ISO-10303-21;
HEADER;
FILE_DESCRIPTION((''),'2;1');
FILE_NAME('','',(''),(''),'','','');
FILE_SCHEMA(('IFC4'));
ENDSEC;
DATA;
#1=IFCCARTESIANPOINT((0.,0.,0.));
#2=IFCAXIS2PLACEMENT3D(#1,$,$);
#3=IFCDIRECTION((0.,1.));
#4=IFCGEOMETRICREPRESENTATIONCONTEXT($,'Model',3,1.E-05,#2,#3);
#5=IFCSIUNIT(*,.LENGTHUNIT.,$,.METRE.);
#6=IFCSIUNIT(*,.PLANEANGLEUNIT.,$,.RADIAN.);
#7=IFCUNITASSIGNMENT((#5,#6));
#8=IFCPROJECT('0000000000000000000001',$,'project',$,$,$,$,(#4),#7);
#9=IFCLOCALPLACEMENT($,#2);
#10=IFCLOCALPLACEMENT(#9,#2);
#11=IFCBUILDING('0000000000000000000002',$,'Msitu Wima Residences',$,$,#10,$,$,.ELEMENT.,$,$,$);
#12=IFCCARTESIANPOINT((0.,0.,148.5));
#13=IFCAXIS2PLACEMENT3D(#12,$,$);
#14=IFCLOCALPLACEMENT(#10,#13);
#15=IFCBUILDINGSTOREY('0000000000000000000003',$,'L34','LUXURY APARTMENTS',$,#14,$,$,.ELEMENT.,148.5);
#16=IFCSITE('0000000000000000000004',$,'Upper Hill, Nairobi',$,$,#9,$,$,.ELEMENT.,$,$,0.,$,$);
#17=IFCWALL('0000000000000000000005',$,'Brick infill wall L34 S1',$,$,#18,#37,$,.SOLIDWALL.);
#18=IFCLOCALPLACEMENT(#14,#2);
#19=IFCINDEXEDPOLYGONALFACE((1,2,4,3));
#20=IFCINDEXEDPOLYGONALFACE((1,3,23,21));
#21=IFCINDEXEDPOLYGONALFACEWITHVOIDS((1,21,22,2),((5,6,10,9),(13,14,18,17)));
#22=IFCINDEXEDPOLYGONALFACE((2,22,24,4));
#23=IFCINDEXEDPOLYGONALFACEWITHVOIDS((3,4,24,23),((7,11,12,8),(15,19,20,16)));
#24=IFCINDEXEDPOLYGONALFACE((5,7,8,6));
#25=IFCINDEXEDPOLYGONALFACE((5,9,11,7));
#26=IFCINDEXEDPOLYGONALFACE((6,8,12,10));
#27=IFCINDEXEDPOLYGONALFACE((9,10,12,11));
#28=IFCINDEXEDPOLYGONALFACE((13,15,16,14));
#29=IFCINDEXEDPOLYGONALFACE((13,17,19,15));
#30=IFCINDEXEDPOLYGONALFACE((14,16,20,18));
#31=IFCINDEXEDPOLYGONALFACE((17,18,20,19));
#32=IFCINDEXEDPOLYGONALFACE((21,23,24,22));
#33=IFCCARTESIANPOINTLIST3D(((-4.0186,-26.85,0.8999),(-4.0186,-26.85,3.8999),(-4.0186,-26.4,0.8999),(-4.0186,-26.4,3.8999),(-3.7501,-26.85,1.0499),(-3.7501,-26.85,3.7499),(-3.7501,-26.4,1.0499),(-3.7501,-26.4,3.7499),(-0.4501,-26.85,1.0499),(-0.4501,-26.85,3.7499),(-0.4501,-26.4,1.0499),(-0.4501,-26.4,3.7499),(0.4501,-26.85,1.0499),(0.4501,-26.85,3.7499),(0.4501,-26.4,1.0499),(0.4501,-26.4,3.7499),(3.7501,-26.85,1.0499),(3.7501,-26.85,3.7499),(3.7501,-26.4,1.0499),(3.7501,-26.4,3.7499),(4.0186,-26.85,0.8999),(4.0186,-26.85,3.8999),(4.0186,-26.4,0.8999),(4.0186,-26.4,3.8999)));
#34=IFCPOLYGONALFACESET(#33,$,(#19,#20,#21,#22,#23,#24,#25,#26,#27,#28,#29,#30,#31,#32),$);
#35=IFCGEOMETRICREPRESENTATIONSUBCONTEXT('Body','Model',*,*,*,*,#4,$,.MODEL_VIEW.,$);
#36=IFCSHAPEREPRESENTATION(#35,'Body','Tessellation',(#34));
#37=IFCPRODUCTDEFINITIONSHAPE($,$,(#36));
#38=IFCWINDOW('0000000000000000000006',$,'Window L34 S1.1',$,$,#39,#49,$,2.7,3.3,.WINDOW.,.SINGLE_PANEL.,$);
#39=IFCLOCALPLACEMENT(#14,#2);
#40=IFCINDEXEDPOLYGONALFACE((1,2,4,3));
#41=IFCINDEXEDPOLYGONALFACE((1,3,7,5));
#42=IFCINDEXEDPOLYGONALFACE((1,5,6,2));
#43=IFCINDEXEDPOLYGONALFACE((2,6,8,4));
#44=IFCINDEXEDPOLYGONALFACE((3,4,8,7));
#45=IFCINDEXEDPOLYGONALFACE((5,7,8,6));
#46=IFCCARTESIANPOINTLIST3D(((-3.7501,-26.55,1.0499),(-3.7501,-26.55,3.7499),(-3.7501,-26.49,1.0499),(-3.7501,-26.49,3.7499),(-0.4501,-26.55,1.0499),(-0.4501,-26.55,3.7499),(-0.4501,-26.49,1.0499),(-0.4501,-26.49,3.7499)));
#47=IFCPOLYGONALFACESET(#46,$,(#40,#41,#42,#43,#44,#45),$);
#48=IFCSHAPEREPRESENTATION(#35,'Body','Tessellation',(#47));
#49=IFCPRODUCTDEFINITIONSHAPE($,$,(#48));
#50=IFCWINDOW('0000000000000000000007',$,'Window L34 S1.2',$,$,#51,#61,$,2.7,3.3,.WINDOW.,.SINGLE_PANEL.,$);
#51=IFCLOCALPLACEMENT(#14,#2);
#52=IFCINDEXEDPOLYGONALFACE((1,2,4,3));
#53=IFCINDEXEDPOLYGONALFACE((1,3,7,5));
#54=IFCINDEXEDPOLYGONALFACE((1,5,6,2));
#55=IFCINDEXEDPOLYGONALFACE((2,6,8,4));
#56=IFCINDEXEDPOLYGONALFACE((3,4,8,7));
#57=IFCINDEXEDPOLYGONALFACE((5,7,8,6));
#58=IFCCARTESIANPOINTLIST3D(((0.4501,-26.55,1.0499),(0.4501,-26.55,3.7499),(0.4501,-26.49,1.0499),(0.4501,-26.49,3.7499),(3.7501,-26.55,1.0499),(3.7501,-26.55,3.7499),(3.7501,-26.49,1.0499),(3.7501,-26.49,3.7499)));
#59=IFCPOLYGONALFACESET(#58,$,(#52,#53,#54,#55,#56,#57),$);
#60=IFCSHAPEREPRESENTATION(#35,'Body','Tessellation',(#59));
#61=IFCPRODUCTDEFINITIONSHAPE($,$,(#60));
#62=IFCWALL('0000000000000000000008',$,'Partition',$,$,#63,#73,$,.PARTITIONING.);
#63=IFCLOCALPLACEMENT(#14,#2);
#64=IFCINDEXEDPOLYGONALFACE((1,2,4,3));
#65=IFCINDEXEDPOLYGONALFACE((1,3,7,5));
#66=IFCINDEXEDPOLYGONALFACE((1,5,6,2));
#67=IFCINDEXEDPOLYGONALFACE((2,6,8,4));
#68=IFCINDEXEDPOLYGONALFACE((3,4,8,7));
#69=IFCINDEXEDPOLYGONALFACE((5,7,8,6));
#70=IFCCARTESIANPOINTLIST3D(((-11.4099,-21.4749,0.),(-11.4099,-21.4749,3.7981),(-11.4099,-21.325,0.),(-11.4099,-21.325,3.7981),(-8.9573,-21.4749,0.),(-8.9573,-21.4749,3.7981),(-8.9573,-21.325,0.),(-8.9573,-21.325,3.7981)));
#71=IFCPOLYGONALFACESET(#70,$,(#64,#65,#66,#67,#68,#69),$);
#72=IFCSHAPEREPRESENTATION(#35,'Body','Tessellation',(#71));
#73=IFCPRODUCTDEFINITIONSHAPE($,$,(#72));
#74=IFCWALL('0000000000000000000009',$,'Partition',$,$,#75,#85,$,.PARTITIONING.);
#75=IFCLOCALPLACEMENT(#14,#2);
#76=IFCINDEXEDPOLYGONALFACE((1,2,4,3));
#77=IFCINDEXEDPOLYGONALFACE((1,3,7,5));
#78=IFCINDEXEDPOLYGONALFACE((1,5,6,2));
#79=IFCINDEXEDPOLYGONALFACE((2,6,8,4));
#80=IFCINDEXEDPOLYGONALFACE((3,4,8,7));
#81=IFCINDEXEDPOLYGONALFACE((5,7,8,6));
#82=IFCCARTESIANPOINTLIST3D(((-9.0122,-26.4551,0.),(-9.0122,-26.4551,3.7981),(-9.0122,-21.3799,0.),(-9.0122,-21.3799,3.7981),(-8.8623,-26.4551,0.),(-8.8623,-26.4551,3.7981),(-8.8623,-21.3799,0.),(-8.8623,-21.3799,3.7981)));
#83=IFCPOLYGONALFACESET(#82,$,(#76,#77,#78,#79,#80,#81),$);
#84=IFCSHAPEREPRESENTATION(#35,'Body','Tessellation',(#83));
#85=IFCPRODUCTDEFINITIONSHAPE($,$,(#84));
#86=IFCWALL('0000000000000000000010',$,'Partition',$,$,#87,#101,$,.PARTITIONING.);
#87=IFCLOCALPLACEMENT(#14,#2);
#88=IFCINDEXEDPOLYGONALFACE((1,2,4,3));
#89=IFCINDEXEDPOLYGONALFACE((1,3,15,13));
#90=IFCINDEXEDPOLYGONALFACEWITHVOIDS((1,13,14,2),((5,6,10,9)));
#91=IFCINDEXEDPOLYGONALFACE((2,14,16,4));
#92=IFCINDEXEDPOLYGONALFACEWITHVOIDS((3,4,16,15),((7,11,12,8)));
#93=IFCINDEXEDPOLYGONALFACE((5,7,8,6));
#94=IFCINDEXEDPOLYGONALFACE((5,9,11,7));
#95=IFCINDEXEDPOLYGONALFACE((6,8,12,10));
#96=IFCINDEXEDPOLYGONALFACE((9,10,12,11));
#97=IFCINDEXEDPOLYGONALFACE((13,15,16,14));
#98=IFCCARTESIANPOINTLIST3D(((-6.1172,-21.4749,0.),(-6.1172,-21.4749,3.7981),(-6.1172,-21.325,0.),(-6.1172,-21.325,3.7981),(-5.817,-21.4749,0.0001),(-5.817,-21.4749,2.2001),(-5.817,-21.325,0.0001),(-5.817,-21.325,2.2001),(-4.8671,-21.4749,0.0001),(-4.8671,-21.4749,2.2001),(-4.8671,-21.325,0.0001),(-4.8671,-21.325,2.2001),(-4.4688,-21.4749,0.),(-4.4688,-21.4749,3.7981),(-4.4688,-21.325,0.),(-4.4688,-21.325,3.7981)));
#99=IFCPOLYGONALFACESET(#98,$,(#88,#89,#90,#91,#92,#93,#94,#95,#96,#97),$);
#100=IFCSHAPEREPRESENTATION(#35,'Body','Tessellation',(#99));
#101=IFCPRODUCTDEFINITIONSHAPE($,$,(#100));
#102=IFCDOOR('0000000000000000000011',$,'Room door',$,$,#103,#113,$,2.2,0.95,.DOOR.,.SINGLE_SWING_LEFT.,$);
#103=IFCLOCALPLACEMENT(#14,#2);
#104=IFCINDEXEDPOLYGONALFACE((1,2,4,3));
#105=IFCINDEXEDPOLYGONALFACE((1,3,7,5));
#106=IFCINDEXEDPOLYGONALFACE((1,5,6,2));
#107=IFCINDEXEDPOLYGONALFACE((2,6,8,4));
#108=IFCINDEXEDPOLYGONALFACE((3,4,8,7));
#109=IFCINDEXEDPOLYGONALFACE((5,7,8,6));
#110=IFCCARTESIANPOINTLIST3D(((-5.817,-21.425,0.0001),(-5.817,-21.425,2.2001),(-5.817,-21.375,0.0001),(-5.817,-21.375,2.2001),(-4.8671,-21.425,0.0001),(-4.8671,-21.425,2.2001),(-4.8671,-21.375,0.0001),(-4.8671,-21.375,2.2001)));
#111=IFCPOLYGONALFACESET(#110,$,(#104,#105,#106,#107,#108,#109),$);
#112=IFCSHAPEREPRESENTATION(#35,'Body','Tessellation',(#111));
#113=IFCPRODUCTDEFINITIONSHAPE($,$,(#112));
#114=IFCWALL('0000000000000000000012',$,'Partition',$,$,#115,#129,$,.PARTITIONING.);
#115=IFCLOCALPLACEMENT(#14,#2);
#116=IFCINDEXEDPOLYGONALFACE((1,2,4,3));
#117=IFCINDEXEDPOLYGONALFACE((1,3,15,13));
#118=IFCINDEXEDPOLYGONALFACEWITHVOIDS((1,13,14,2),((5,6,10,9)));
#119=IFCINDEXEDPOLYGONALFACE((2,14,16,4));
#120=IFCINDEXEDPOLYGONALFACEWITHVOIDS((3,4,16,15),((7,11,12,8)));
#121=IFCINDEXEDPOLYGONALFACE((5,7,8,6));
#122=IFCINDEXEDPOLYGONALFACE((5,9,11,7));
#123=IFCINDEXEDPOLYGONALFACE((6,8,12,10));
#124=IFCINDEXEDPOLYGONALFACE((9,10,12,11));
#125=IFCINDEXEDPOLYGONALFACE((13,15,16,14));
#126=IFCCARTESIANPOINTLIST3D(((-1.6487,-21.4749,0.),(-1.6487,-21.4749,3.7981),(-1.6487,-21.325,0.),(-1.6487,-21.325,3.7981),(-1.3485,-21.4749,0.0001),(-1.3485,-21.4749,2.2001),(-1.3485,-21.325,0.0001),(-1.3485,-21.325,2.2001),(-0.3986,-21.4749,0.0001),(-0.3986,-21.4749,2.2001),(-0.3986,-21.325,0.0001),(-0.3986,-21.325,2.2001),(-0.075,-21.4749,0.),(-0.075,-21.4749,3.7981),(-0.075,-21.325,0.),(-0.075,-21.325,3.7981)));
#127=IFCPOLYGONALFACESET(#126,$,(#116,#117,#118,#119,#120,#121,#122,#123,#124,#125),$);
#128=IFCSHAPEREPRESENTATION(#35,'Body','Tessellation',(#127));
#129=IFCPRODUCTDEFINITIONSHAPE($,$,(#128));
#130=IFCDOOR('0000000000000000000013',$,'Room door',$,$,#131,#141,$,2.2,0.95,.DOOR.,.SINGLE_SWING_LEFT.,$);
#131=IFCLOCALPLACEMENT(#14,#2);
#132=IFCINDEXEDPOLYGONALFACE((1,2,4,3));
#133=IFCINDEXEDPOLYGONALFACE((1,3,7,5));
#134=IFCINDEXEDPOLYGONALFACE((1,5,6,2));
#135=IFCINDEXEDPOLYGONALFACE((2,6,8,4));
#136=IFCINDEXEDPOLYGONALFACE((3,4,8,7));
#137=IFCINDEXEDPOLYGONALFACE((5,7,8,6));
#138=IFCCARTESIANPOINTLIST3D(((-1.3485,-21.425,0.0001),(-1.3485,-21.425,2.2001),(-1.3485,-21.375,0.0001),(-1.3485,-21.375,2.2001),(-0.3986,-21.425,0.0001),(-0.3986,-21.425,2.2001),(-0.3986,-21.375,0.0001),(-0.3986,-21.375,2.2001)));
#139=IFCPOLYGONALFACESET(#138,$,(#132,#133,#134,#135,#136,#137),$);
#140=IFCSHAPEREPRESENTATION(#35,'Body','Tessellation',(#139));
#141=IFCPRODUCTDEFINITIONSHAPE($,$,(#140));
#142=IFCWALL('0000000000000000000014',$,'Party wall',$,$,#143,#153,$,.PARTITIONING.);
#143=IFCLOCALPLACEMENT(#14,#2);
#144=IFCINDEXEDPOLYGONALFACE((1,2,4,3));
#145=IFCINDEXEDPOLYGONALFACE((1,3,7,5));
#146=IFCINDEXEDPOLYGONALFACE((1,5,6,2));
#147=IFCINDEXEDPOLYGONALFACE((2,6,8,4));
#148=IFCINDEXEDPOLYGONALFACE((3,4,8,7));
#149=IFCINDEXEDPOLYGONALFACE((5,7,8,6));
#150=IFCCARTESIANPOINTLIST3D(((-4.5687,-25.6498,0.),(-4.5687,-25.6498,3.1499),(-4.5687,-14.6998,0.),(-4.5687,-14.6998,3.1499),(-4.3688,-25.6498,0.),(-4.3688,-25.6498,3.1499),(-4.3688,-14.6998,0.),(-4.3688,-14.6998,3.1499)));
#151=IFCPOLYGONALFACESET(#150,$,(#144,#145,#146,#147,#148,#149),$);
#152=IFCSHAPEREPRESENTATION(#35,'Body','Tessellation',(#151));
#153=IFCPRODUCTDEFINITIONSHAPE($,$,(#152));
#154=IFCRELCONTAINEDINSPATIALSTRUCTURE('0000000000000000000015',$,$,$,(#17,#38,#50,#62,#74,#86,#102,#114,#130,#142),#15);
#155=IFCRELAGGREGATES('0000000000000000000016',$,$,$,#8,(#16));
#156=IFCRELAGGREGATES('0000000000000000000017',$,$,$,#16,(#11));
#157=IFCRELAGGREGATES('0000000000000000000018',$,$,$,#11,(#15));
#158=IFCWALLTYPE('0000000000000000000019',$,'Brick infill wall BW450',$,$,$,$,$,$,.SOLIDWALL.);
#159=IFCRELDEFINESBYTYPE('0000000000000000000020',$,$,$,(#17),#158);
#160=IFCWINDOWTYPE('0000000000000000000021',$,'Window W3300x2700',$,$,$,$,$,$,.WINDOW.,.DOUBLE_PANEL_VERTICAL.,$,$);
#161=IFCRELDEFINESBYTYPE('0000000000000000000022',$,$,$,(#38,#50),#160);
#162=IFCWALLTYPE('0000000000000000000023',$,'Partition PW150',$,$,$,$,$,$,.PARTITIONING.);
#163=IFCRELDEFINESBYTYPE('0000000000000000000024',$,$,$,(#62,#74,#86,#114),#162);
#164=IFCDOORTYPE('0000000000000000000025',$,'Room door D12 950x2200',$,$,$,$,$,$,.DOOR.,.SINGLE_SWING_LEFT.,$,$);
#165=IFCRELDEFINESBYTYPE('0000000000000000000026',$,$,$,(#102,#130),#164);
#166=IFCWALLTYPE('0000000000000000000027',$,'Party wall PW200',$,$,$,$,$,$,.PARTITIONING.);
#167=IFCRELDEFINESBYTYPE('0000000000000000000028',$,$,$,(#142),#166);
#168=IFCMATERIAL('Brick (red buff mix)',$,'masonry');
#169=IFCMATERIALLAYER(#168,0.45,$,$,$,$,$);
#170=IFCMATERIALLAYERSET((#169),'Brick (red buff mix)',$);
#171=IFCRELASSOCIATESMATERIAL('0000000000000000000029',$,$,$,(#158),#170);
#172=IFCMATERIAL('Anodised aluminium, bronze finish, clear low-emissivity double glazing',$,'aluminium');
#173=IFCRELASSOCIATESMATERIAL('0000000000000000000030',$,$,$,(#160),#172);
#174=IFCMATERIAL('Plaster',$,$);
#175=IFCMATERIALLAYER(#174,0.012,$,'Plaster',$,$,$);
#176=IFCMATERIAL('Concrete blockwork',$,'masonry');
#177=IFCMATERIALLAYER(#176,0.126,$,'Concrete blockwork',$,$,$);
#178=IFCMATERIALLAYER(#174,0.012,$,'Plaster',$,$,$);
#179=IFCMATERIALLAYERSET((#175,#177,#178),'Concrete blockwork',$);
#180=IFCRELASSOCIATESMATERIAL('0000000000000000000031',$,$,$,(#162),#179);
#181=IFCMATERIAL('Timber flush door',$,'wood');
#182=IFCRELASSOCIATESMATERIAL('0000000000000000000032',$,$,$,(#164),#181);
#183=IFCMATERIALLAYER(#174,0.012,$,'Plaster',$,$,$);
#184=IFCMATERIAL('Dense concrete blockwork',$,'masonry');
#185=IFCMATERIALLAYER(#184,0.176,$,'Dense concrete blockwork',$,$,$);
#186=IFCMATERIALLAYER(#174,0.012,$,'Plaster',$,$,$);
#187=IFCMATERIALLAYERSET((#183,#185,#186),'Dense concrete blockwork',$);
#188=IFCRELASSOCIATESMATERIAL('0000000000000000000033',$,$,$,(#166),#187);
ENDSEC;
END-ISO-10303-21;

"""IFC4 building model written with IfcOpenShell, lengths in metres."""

from ifc_helpers import new_model, si_unit, direction, frame, frame_2d, origin, place, context, subcontext, project, spatial, rectangle, extrude, material, layer, layer_set, type_object, element, fill, save


model = new_model("IFC4")

# Units and contexts
model_context = context("Model", 3, precision=1e-05, world=origin(), true_north=direction((0.0, 1.0)))
body_context = subcontext(model_context, "Body", "Model", "MODEL_VIEW")
ifc_project = project(units=[si_unit("LENGTHUNIT", "METRE"), si_unit("PLANEANGLEUNIT", "RADIAN")], contexts=[model_context])

# Site, building, storey
site_placement = place(None, origin())
site = spatial("IfcSite", under=ifc_project, at=site_placement, Name="Upper Hill, Nairobi", CompositionType="ELEMENT", RefElevation=0.0)
building_placement = place(site_placement, origin())
building = spatial("IfcBuilding", under=site, at=building_placement, Name="Msitu Wima Residences", CompositionType="ELEMENT")
storey_placement = place(building_placement, frame((0.0, 0.0, 148.5)))
storey = spatial("IfcBuildingStorey", under=building, at=storey_placement, Name="L34", Description="LUXURY APARTMENTS", CompositionType="ELEMENT", Elevation=148.5)

# Shared definitions
ifc_material_1 = material(Name="Brick (red buff mix)", Category="masonry")
ifc_layer_1 = layer(ifc_material_1, 0.45)
ifc_layer_set_1 = layer_set([ifc_layer_1], Name="Brick (red buff mix)")
wall_type_1 = type_object("IfcWallType", Name="Brick infill wall BW450", PredefinedType="SOLIDWALL", material=ifc_layer_set_1)
ifc_material_2 = material(Name="Anodised aluminium, bronze finish, clear low-emissivity double glazing", Category="aluminium")
window_type = type_object("IfcWindowType", Name="Window W3300x2700", PartitioningType="DOUBLE_PANEL_VERTICAL", PredefinedType="WINDOW", material=ifc_material_2)

# Wall, openings, windows
wall_1_placement = place(storey_placement, frame((-4.0186, -26.625, 0.8999), z_axis=(0.0, 0.0, 1.0), x_axis=(1.0, 0.0, 0.0)))
wall_1 = element("IfcWall", 1, at=wall_1_placement, inside=storey, type_object=wall_type_1, Name="Brick infill wall L34 S1", PredefinedType="SOLIDWALL", context=body_context, shape_type="SweptSolid", body=[
    extrude(rectangle(XDim=8.0371, YDim=0.45, at=frame_2d((4.0186, 0.0))), origin(), (0.0, 0.0, 1.0), 3.0),
])
opening_1_placement = place(wall_1_placement, frame((0.2686, 0.0, 0.1499)))
opening_1 = element("IfcOpeningElement", 2, at=opening_1_placement, cuts=wall_1, PredefinedType="OPENING", context=body_context, shape_type="SweptSolid", body=[
    extrude(rectangle(XDim=3.3, YDim=2.7, at=frame_2d((1.6499, 1.3501))), frame((0.0, 0.2349, 0.0), z_axis=(0.0, -1.0, 0.0), x_axis=(1.0, 0.0, 0.0)), (0.0, 0.0, 1.0), 0.47),
])
opening_2_placement = place(wall_1_placement, frame((4.4688, 0.0, 0.1499)))
opening_2 = element("IfcOpeningElement", 3, at=opening_2_placement, cuts=wall_1, PredefinedType="OPENING", context=body_context, shape_type="SweptSolid", body=[
    extrude(rectangle(XDim=3.3, YDim=2.7, at=frame_2d((1.6499, 1.3501))), frame((0.0, 0.2349, 0.0), z_axis=(0.0, -1.0, 0.0), x_axis=(1.0, 0.0, 0.0)), (0.0, 0.0, 1.0), 0.47),
])
window_1_placement = place(opening_1_placement, origin())
window_1 = element("IfcWindow", 4, at=window_1_placement, inside=storey, type_object=window_type, Name="Window L34 S1.1", OverallHeight=2.7, OverallWidth=3.3, PartitioningType="SINGLE_PANEL", PredefinedType="WINDOW", context=body_context, shape_type="SweptSolid", body=[
    extrude(rectangle(XDim=3.3, YDim=2.7, at=frame_2d((1.6499, 1.3501))), frame((0.0, 0.135, 0.0), z_axis=(0.0, -1.0, 0.0), x_axis=(1.0, 0.0, 0.0)), (0.0, 0.0, 1.0), 0.0601),
])
fill(opening_1, window_1)
window_2_placement = place(opening_2_placement, origin())
window_2 = element("IfcWindow", 5, at=window_2_placement, inside=storey, type_object=window_type, Name="Window L34 S1.2", OverallHeight=2.7, OverallWidth=3.3, PartitioningType="SINGLE_PANEL", PredefinedType="WINDOW", context=body_context, shape_type="SweptSolid", body=[
    extrude(rectangle(XDim=3.3, YDim=2.7, at=frame_2d((1.6499, 1.3501))), frame((0.0, 0.135, 0.0), z_axis=(0.0, -1.0, 0.0), x_axis=(1.0, 0.0, 0.0)), (0.0, 0.0, 1.0), 0.0601),
])
fill(opening_2, window_2)

# Walls
ifc_material_3 = material(Name="Plaster")
ifc_layer_2 = layer(ifc_material_3, 0.012, Name="Plaster")
ifc_material_4 = material(Name="Concrete blockwork", Category="masonry")
ifc_layer_3 = layer(ifc_material_4, 0.126, Name="Concrete blockwork")
ifc_layer_4 = layer(ifc_material_3, 0.012, Name="Plaster")
ifc_layer_set_2 = layer_set([ifc_layer_2, ifc_layer_3, ifc_layer_4], Name="Concrete blockwork")
wall_type_2 = type_object("IfcWallType", Name="Partition PW150", PredefinedType="PARTITIONING", material=ifc_layer_set_2)
wall_2_placement = place(storey_placement, frame((-11.4099, -21.3999, 0.0), z_axis=(0.0, 0.0, 1.0), x_axis=(1.0, 0.0, 0.0)))
element("IfcWall", 6, at=wall_2_placement, inside=storey, type_object=wall_type_2, Name="Partition", PredefinedType="PARTITIONING", context=body_context, shape_type="SweptSolid", body=[
    extrude(rectangle(XDim=2.4526, YDim=0.1499, at=frame_2d((1.2263, 0.0))), origin(), (0.0, 0.0, 1.0), 3.7981),
])
wall_3_placement = place(storey_placement, frame((-8.9373, -26.4551, 0.0), z_axis=(0.0, 0.0, 1.0), x_axis=(0.0, 1.0, 0.0)))
element("IfcWall", 7, at=wall_3_placement, inside=storey, type_object=wall_type_2, Name="Partition", PredefinedType="PARTITIONING", context=body_context, shape_type="SweptSolid", body=[
    extrude(rectangle(XDim=5.0752, YDim=0.1499, at=frame_2d((2.5376, 0.0))), origin(), (0.0, 0.0, 1.0), 3.7981),
])

# Walls, openings, doors
wall_4_placement = place(storey_placement, frame((-6.1172, -21.3999, 0.0), z_axis=(0.0, 0.0, 1.0), x_axis=(1.0, 0.0, 0.0)))
wall_4 = element("IfcWall", 8, at=wall_4_placement, inside=storey, type_object=wall_type_2, Name="Partition", PredefinedType="PARTITIONING", context=body_context, shape_type="SweptSolid", body=[
    extrude(rectangle(XDim=1.6484, YDim=0.1499, at=frame_2d((0.8242, 0.0))), origin(), (0.0, 0.0, 1.0), 3.7981),
])
opening_3_placement = place(wall_4_placement, frame((0.3, 0.0, 0.0)))
opening_3 = element("IfcOpeningElement", 9, at=opening_3_placement, cuts=wall_4, PredefinedType="OPENING", context=body_context, shape_type="SweptSolid", body=[
    extrude(rectangle(XDim=0.95, YDim=2.2, at=frame_2d((0.4751, 1.1001))), frame((0.0, 0.085, 0.0), z_axis=(0.0, -1.0, 0.0), x_axis=(1.0, 0.0, 0.0)), (0.0, 0.0, 1.0), 0.1699),
])
ifc_material_5 = material(Name="Timber flush door", Category="wood")
door_type_1 = type_object("IfcDoorType", Name="Room door D12 950x2200", OperationType="SINGLE_SWING_LEFT", PredefinedType="DOOR", material=ifc_material_5)
door_1_placement = place(opening_3_placement, origin())
door_1 = element("IfcDoor", 10, at=door_1_placement, inside=storey, type_object=door_type_1, Name="Room door", OperationType="SINGLE_SWING_LEFT", OverallHeight=2.2, OverallWidth=0.95, PredefinedType="DOOR", context=body_context, shape_type="SweptSolid", body=[
    extrude(rectangle(XDim=0.95, YDim=2.2, at=frame_2d((0.4751, 1.1001))), frame((0.0, 0.0249, 0.0), z_axis=(0.0, -1.0, 0.0), x_axis=(1.0, 0.0, 0.0)), (0.0, 0.0, 1.0), 0.05),
])
fill(opening_3, door_1)
wall_5_placement = place(storey_placement, frame((-1.6487, -21.3999, 0.0), z_axis=(0.0, 0.0, 1.0), x_axis=(1.0, 0.0, 0.0)))
wall_5 = element("IfcWall", 11, at=wall_5_placement, inside=storey, type_object=wall_type_2, Name="Partition", PredefinedType="PARTITIONING", context=body_context, shape_type="SweptSolid", body=[
    extrude(rectangle(XDim=1.5737, YDim=0.1499, at=frame_2d((0.7869, 0.0))), origin(), (0.0, 0.0, 1.0), 3.7981),
])
opening_4_placement = place(wall_5_placement, frame((0.3, 0.0, 0.0)))
opening_4 = element("IfcOpeningElement", 12, at=opening_4_placement, cuts=wall_5, PredefinedType="OPENING", context=body_context, shape_type="SweptSolid", body=[
    extrude(rectangle(XDim=0.95, YDim=2.2, at=frame_2d((0.4751, 1.1001))), frame((0.0, 0.085, 0.0), z_axis=(0.0, -1.0, 0.0), x_axis=(1.0, 0.0, 0.0)), (0.0, 0.0, 1.0), 0.1699),
])
door_2_placement = place(opening_4_placement, origin())
door_2 = element("IfcDoor", 13, at=door_2_placement, inside=storey, type_object=door_type_1, Name="Room door", OperationType="SINGLE_SWING_LEFT", OverallHeight=2.2, OverallWidth=0.95, PredefinedType="DOOR", context=body_context, shape_type="SweptSolid", body=[
    extrude(rectangle(XDim=0.95, YDim=2.2, at=frame_2d((0.4751, 1.1001))), frame((0.0, 0.0249, 0.0), z_axis=(0.0, -1.0, 0.0), x_axis=(1.0, 0.0, 0.0)), (0.0, 0.0, 1.0), 0.05),
])
fill(opening_4, door_2)

# Wall
ifc_layer_5 = layer(ifc_material_3, 0.012, Name="Plaster")
ifc_material_6 = material(Name="Dense concrete blockwork", Category="masonry")
ifc_layer_6 = layer(ifc_material_6, 0.176, Name="Dense concrete blockwork")
ifc_layer_7 = layer(ifc_material_3, 0.012, Name="Plaster")
ifc_layer_set_3 = layer_set([ifc_layer_5, ifc_layer_6, ifc_layer_7], Name="Dense concrete blockwork")
wall_type_3 = type_object("IfcWallType", Name="Party wall PW200", PredefinedType="PARTITIONING", material=ifc_layer_set_3)
wall_6_placement = place(storey_placement, frame((-4.4688, -25.6499, 0.0), z_axis=(0.0, 0.0, 1.0), x_axis=(0.0, 1.0, 0.0)))
element("IfcWall", 14, at=wall_6_placement, inside=storey, type_object=wall_type_3, Name="Party wall", PredefinedType="PARTITIONING", context=body_context, shape_type="SweptSolid", body=[
    extrude(rectangle(XDim=10.95, YDim=0.2, at=frame_2d((5.4751, 0.0))), origin(), (0.0, 0.0, 1.0), 3.1499),
])

save(model, "model.ifc")
